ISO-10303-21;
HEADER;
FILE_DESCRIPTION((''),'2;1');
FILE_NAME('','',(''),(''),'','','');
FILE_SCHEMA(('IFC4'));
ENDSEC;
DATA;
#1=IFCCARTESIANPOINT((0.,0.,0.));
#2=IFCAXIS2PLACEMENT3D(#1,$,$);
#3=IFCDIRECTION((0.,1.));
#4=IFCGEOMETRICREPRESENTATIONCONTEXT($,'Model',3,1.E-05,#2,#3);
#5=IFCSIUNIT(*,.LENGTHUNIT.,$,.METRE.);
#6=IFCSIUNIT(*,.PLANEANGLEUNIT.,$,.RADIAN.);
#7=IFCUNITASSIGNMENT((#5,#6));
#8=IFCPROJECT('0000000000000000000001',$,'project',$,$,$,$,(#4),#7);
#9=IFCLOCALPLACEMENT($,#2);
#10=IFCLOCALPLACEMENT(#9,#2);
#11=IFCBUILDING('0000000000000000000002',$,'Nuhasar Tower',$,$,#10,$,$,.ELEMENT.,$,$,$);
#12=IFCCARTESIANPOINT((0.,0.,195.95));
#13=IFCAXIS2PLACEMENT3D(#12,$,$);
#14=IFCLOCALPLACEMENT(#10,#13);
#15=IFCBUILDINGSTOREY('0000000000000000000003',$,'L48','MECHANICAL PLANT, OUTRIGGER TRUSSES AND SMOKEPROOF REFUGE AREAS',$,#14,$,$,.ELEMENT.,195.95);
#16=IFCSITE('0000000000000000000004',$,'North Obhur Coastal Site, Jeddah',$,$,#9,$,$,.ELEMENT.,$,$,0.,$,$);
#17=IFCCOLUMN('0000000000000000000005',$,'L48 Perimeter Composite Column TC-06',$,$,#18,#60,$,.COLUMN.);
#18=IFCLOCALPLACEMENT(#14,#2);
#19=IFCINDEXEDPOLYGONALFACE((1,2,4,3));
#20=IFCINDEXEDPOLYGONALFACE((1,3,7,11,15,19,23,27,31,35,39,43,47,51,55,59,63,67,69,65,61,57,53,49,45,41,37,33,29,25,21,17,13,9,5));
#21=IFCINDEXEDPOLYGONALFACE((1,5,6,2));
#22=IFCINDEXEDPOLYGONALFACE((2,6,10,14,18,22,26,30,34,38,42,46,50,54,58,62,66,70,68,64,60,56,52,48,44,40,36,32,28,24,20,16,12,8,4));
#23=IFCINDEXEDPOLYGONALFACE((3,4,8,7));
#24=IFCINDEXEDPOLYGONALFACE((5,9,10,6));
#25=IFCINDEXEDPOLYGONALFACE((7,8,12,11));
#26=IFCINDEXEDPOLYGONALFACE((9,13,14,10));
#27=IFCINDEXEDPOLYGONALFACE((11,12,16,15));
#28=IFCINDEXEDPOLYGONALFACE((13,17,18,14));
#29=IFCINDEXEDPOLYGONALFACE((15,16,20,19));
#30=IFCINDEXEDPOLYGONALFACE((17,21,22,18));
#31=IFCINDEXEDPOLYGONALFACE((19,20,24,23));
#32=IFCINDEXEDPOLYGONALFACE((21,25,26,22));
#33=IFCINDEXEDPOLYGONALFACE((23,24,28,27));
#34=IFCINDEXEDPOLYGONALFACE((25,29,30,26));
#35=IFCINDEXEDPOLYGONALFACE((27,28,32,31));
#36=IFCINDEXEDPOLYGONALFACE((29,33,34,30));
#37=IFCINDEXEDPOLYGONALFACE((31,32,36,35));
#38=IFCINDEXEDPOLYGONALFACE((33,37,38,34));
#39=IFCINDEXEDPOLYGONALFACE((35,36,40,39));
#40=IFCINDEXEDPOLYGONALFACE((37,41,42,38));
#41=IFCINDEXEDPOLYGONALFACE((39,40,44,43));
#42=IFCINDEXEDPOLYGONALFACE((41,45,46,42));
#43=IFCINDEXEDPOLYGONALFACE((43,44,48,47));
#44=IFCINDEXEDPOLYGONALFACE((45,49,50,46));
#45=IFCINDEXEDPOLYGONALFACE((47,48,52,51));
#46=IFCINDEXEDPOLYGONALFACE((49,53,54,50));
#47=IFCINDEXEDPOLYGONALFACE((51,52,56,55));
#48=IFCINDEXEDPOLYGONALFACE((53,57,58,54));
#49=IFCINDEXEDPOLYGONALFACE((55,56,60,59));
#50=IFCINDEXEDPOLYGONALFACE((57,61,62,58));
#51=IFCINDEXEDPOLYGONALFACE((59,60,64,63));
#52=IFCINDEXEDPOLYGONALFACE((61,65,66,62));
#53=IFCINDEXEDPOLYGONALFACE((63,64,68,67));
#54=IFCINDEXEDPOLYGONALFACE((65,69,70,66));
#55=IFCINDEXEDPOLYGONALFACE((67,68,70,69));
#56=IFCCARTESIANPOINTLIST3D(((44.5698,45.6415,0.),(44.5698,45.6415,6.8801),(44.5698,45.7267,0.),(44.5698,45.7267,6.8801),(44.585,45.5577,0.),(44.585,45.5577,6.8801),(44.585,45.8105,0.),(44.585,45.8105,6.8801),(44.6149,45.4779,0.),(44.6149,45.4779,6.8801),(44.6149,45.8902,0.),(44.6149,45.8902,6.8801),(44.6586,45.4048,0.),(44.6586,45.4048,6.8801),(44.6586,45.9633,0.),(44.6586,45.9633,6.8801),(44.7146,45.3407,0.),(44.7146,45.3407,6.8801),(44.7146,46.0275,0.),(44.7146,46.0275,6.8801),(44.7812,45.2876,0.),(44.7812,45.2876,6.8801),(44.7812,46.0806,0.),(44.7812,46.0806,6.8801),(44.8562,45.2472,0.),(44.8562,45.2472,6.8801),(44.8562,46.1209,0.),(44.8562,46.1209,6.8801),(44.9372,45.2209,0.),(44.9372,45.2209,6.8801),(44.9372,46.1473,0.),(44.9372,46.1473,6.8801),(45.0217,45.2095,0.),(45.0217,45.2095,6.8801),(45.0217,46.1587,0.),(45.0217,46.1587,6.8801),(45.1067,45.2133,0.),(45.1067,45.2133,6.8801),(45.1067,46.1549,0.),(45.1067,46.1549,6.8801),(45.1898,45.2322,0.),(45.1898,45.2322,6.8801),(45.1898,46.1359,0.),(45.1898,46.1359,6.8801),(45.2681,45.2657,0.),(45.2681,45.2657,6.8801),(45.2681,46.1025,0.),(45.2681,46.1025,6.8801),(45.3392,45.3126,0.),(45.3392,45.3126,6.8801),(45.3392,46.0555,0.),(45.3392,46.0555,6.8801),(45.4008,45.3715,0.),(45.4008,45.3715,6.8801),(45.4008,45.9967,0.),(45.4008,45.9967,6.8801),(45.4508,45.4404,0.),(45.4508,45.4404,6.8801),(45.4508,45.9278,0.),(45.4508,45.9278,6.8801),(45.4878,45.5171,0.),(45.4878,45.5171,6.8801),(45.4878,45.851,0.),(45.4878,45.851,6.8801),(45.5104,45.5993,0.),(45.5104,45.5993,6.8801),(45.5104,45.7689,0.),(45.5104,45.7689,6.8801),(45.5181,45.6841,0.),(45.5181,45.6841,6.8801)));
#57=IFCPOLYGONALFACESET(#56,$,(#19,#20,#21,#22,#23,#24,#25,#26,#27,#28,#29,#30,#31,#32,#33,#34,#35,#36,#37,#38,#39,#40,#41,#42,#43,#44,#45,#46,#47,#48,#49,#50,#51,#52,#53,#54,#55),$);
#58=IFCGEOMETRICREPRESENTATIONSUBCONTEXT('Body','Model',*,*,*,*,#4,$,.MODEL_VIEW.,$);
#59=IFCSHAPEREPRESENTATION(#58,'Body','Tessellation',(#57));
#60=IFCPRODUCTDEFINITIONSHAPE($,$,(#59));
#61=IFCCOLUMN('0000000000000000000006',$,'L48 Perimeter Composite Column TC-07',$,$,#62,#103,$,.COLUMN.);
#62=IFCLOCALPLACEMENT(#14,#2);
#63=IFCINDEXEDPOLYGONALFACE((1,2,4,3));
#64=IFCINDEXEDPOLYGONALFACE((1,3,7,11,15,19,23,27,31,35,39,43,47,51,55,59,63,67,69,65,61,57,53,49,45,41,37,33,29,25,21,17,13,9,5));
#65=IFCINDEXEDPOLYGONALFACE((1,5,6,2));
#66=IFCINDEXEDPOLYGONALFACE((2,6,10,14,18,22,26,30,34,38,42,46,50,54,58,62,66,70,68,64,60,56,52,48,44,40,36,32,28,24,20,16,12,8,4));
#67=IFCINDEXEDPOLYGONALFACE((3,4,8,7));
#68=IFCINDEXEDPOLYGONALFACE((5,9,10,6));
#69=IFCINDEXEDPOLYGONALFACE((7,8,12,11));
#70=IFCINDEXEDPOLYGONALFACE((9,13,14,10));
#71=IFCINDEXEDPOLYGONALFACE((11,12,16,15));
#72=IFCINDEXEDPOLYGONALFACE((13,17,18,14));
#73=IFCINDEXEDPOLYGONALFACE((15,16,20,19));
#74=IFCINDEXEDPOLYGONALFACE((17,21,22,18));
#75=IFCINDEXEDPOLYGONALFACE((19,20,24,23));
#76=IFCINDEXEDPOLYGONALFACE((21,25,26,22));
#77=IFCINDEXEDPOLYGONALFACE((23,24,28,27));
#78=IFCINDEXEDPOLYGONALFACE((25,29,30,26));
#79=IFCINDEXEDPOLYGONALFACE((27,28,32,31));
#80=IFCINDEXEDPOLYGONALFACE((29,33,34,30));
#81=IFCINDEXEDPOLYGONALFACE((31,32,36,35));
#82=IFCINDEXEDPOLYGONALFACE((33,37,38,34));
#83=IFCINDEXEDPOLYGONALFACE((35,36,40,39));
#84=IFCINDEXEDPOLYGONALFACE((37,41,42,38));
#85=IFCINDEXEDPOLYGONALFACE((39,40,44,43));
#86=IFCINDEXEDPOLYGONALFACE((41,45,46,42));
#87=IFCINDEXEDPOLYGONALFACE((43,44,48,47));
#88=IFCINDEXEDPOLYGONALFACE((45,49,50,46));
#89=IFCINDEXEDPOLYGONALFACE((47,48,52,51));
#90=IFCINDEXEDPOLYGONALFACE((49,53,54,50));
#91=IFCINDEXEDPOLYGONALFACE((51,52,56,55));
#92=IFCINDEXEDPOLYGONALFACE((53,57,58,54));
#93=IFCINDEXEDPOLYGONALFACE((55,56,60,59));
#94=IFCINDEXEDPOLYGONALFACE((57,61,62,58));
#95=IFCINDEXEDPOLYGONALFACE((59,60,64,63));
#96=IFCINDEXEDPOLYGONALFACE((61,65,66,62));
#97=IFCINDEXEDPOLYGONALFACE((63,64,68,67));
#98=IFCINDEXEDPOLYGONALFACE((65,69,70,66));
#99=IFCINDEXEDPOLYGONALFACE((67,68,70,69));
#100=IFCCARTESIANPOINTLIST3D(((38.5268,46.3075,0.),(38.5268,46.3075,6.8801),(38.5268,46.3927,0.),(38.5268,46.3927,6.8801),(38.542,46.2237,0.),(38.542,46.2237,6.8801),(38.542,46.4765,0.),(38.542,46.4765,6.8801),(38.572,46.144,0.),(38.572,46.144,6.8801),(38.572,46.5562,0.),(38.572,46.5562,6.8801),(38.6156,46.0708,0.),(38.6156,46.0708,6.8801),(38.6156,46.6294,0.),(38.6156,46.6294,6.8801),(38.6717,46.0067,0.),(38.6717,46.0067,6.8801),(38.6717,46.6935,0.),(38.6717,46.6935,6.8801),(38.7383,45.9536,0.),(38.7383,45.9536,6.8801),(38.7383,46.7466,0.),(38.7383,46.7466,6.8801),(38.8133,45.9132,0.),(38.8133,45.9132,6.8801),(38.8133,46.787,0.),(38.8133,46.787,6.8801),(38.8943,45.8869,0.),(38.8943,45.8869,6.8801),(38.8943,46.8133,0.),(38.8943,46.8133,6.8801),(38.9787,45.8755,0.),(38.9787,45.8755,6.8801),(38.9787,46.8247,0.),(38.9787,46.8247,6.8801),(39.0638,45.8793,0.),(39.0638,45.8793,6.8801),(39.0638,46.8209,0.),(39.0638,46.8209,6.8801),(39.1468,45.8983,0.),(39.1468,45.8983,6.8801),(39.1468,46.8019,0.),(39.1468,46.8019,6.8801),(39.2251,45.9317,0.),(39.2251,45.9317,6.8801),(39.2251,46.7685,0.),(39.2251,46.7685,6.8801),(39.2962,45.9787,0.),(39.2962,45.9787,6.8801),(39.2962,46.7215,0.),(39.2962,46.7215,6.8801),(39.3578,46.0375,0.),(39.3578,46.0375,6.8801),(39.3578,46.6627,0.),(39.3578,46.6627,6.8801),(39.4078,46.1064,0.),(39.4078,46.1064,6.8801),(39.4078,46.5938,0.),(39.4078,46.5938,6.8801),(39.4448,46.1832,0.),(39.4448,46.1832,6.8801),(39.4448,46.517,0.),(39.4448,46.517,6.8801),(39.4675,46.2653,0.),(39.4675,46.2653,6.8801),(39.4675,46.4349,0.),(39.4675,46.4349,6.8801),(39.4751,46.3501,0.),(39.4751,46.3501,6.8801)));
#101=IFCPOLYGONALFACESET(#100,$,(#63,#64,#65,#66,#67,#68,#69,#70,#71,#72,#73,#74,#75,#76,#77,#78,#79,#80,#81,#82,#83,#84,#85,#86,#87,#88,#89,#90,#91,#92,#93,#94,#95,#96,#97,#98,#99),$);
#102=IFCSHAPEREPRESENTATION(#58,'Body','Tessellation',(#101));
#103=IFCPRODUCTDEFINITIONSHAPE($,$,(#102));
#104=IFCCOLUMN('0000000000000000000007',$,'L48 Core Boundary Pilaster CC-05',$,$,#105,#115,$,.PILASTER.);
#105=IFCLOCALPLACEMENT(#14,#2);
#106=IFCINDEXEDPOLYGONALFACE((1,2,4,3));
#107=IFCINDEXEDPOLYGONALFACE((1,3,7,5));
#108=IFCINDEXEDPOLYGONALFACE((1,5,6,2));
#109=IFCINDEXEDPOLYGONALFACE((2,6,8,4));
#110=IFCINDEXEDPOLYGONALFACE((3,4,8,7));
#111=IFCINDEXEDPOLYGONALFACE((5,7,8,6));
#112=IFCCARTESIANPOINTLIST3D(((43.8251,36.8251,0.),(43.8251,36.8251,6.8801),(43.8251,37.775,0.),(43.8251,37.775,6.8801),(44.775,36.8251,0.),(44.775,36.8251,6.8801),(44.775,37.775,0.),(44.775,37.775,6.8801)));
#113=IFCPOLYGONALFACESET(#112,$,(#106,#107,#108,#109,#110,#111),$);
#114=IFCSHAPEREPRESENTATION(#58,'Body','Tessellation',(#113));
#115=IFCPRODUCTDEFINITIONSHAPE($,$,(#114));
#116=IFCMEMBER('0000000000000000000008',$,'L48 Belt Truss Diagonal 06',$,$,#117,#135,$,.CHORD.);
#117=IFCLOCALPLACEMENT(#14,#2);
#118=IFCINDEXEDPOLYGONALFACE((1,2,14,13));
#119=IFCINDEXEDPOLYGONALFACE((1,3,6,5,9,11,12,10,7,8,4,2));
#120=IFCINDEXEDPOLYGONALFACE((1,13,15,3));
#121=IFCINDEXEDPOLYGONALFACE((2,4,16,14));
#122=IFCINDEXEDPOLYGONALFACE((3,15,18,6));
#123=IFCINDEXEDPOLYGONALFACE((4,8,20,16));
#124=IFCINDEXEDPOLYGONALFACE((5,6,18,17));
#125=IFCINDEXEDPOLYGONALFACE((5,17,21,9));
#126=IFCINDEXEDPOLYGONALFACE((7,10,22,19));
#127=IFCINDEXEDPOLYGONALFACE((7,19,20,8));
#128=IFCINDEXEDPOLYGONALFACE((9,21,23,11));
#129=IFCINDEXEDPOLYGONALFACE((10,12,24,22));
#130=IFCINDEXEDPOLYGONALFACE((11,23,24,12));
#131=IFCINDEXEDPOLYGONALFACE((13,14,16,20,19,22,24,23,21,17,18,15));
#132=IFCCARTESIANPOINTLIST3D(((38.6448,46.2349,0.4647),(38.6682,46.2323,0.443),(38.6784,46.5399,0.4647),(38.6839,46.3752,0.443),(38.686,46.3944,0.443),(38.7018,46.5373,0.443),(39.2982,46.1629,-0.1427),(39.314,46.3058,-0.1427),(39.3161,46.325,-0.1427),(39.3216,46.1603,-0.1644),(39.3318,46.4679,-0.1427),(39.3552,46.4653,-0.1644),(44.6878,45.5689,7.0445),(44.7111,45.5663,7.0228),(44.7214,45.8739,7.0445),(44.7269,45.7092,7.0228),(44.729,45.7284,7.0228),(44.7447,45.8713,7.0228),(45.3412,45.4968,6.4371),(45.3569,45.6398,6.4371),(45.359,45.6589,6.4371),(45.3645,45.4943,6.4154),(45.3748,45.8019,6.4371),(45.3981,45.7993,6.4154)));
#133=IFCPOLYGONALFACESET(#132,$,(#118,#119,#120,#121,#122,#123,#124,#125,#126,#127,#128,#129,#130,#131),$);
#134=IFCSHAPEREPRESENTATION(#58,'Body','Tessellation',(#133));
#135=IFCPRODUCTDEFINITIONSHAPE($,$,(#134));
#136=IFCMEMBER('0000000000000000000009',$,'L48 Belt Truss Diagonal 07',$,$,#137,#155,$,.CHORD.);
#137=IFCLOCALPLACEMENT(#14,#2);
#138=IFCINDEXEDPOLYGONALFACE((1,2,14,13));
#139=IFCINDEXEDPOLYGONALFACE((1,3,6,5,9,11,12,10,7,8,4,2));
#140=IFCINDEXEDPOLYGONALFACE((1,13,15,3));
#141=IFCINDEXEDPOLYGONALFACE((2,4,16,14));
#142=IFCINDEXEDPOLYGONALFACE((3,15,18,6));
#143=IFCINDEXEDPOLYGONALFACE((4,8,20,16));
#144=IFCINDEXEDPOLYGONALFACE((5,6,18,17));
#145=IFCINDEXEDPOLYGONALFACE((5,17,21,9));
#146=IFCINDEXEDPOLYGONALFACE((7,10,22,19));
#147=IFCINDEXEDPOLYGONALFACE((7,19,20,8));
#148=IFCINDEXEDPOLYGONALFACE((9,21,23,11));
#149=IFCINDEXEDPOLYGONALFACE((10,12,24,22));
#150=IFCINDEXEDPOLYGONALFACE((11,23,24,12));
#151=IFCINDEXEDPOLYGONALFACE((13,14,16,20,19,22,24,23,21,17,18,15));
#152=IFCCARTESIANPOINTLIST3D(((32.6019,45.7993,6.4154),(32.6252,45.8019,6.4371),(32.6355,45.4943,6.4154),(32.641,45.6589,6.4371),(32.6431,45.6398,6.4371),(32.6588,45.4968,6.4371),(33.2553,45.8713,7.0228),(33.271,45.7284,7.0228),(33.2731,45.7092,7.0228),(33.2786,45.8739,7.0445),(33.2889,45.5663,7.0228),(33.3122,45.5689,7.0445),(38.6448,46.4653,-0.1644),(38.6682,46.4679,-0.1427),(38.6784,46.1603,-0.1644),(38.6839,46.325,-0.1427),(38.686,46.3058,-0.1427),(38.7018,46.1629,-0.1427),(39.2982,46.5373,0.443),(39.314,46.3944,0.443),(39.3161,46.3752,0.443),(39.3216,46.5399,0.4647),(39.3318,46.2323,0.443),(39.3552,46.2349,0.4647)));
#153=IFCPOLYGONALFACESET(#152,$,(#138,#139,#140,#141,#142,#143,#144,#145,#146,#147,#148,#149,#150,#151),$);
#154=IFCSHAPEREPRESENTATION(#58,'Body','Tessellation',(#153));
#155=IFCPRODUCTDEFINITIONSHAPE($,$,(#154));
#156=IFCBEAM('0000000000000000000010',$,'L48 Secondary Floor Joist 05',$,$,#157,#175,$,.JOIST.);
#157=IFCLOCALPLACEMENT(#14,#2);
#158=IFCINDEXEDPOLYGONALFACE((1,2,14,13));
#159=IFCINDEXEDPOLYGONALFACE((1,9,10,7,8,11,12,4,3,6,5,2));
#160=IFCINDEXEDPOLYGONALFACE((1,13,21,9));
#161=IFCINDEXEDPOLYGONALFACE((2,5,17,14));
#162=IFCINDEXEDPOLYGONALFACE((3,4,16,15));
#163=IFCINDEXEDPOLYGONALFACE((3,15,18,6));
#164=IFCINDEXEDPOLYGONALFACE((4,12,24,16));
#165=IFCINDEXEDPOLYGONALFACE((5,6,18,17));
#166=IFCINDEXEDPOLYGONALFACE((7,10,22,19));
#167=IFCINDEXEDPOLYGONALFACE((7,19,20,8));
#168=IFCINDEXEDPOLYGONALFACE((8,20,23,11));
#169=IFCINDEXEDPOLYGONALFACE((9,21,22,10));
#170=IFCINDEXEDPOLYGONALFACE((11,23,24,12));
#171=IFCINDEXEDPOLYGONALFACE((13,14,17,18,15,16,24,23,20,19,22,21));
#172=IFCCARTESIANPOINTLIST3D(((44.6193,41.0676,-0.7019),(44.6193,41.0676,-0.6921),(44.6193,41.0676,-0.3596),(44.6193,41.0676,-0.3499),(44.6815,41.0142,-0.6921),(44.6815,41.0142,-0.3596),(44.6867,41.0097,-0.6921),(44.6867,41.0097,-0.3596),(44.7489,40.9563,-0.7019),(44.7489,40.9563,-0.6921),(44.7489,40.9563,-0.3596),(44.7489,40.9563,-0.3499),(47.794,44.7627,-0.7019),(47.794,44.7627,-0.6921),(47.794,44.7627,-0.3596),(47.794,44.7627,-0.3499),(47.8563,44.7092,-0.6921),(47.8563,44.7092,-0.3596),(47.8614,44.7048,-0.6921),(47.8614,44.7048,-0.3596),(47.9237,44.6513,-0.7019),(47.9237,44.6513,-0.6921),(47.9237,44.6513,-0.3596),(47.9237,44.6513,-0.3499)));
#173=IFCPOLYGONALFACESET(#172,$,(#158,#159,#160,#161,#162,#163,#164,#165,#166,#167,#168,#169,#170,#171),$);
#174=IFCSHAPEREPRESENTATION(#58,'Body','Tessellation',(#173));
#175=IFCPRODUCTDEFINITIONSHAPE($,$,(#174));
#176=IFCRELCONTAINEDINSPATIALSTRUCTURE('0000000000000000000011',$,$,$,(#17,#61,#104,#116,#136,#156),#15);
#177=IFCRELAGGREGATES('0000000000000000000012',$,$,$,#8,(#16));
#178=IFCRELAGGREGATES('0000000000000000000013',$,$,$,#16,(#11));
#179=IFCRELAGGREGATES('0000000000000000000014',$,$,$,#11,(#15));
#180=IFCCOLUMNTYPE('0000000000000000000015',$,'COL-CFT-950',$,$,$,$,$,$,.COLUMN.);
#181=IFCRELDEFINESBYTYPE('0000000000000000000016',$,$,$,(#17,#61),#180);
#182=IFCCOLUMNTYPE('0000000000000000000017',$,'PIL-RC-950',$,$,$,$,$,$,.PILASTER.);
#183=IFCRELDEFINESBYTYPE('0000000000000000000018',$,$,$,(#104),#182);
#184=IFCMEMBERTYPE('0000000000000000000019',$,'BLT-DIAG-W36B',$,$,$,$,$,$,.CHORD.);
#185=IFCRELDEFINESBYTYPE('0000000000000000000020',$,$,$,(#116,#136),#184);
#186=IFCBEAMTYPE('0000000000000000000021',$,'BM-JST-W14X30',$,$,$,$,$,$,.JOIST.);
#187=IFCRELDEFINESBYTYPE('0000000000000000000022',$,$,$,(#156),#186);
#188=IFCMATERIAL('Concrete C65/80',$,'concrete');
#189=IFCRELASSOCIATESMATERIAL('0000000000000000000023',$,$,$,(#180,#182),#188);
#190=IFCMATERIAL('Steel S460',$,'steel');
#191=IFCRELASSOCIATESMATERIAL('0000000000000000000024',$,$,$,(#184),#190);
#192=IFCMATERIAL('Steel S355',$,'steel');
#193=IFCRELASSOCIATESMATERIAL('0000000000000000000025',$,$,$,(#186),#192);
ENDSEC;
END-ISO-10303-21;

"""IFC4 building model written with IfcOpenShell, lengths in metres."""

from ifc_helpers import new_model, si_unit, direction, frame, origin, origin_2d, place, context, subcontext, project, spatial, rectangle, circle, i_section, extrude, material, material_profile, profile_set, type_object, element, save


model = new_model("IFC4")

# Units and contexts
model_context = context("Model", 3, precision=1e-05, world=origin(), true_north=direction((0.0, 1.0)))
body_context = subcontext(model_context, "Body", "Model", "MODEL_VIEW")
ifc_project = project(units=[si_unit("LENGTHUNIT", "METRE"), si_unit("PLANEANGLEUNIT", "RADIAN")], contexts=[model_context])

# Site, building, storey
site_placement = place(None, origin())
site = spatial("IfcSite", under=ifc_project, at=site_placement, Name="North Obhur Coastal Site, Jeddah", CompositionType="ELEMENT", RefElevation=0.0)
building_placement = place(site_placement, origin())
building = spatial("IfcBuilding", under=site, at=building_placement, Name="Nuhasar Tower", CompositionType="ELEMENT")
storey_placement = place(building_placement, frame((0.0, 0.0, 195.95)))
storey = spatial("IfcBuildingStorey", under=building, at=storey_placement, Name="L48", Description="MECHANICAL PLANT, OUTRIGGER TRUSSES AND SMOKEPROOF REFUGE AREAS", CompositionType="ELEMENT", Elevation=195.95)

# Columns
ifc_material_1 = material(Name="Concrete C65/80", Category="concrete")
ifc_material_profile_1 = material_profile(ifc_material_1, circle(Radius=0.4751, at=origin_2d()), Name="CFT950")
ifc_profile_set_1 = profile_set([ifc_material_profile_1], Name="Concrete C65/80")
column_type_1 = type_object("IfcColumnType", Name="COL-CFT-950", PredefinedType="COLUMN", material=ifc_profile_set_1)
for number, where, z_axis, x_axis, name in (
    (1, (45.043, 45.6841, 0.0), (0.0, 0.0, 1.0), (1.0, 0.0, 0.0), "L48 Perimeter Composite Column TC-06"),
    (2, (39.0, 46.3501, 0.0), (0.0, 0.0, 1.0), (1.0, 0.0, 0.0), "L48 Perimeter Composite Column TC-07"),
):
    element("IfcColumn", number, at=place(storey_placement, frame(where, z_axis=z_axis, x_axis=x_axis)), inside=storey, type_object=column_type_1, Name=name, PredefinedType="COLUMN", context=body_context, shape_type="SweptSolid", body=[
        extrude(circle(Radius=0.4751, at=origin_2d()), origin(), (0.0, 0.0, 1.0), 6.8801),
    ])
ifc_material_profile_2 = material_profile(ifc_material_1, rectangle(XDim=0.95, YDim=0.95, at=origin_2d()), Name="RC950X950")
ifc_profile_set_2 = profile_set([ifc_material_profile_2], Name="Concrete C65/80")
column_type_2 = type_object("IfcColumnType", Name="PIL-RC-950", PredefinedType="PILASTER", material=ifc_profile_set_2)
column_placement = place(storey_placement, frame((44.3, 37.3, 0.0), z_axis=(0.0, 0.0, 1.0), x_axis=(1.0, 0.0, 0.0)))
element("IfcColumn", 3, at=column_placement, inside=storey, type_object=column_type_2, Name="L48 Core Boundary Pilaster CC-05", PredefinedType="PILASTER", context=body_context, shape_type="SweptSolid", body=[
    extrude(rectangle(XDim=0.95, YDim=0.95, at=origin_2d()), origin(), (0.0, 0.0, 1.0), 6.8801),
])

# Members
ifc_material_2 = material(Name="Steel S460", Category="steel")
ifc_material_profile_3 = material_profile(ifc_material_2, i_section(OverallWidth=0.3069, OverallDepth=0.927, WebThickness=0.0193, FlangeThickness=0.032, at=origin_2d()), Name="W36X194")
ifc_profile_set_3 = profile_set([ifc_material_profile_3], Name="Steel S460")
member_type_1 = type_object("IfcMemberType", Name="BLT-DIAG-W36B", PredefinedType="CHORD", material=ifc_profile_set_3)
for number, where, z_axis, x_axis, name in (
    (4, (39.0, 46.3501, 0.1501), (0.674549, -0.074344, 0.734477), (0.10955, 0.993981, 0.0), "L48 Belt Truss Diagonal 06"),
    (5, (39.0, 46.3501, 0.1501), (-0.674549, -0.074344, 0.734477), (0.10955, -0.993981, 0.0), "L48 Belt Truss Diagonal 07"),
):
    element("IfcMember", number, at=place(storey_placement, frame(where, z_axis=z_axis, x_axis=x_axis)), inside=storey, type_object=member_type_1, Name=name, PredefinedType="CHORD", context=body_context, shape_type="SweptSolid", body=[
        extrude(i_section(OverallWidth=0.3069, OverallDepth=0.927, WebThickness=0.0193, FlangeThickness=0.032, at=origin_2d()), origin(), (0.0, 0.0, 1.0), 8.9585),
    ])

# Beam
ifc_material_3 = material(Name="Steel S355", Category="steel")
ifc_material_profile_4 = material_profile(ifc_material_3, i_section(OverallWidth=0.1709, OverallDepth=0.3521, WebThickness=0.0068, FlangeThickness=0.0098, at=origin_2d()), Name="W14X30")
ifc_profile_set_4 = profile_set([ifc_material_profile_4], Name="Steel S355")
beam_type_1 = type_object("IfcBeamType", Name="BM-JST-W14X30", PredefinedType="JOIST", material=ifc_profile_set_4)
beam_1_placement = place(storey_placement, frame((44.6841, 41.012, -0.5259), z_axis=(0.651691, 0.758485, 0.0), x_axis=(-0.758485, 0.651691, 0.0)))
element("IfcBeam", 6, at=beam_1_placement, inside=storey, type_object=beam_type_1, Name="L48 Secondary Floor Joist 05", PredefinedType="JOIST", context=body_context, shape_type="SweptSolid", body=[
    extrude(i_section(OverallWidth=0.1709, OverallDepth=0.3521, WebThickness=0.0068, FlangeThickness=0.0098, at=origin_2d()), origin(), (0.0, 0.0, 1.0), 4.8716),
])

save(model, "model.ifc")
